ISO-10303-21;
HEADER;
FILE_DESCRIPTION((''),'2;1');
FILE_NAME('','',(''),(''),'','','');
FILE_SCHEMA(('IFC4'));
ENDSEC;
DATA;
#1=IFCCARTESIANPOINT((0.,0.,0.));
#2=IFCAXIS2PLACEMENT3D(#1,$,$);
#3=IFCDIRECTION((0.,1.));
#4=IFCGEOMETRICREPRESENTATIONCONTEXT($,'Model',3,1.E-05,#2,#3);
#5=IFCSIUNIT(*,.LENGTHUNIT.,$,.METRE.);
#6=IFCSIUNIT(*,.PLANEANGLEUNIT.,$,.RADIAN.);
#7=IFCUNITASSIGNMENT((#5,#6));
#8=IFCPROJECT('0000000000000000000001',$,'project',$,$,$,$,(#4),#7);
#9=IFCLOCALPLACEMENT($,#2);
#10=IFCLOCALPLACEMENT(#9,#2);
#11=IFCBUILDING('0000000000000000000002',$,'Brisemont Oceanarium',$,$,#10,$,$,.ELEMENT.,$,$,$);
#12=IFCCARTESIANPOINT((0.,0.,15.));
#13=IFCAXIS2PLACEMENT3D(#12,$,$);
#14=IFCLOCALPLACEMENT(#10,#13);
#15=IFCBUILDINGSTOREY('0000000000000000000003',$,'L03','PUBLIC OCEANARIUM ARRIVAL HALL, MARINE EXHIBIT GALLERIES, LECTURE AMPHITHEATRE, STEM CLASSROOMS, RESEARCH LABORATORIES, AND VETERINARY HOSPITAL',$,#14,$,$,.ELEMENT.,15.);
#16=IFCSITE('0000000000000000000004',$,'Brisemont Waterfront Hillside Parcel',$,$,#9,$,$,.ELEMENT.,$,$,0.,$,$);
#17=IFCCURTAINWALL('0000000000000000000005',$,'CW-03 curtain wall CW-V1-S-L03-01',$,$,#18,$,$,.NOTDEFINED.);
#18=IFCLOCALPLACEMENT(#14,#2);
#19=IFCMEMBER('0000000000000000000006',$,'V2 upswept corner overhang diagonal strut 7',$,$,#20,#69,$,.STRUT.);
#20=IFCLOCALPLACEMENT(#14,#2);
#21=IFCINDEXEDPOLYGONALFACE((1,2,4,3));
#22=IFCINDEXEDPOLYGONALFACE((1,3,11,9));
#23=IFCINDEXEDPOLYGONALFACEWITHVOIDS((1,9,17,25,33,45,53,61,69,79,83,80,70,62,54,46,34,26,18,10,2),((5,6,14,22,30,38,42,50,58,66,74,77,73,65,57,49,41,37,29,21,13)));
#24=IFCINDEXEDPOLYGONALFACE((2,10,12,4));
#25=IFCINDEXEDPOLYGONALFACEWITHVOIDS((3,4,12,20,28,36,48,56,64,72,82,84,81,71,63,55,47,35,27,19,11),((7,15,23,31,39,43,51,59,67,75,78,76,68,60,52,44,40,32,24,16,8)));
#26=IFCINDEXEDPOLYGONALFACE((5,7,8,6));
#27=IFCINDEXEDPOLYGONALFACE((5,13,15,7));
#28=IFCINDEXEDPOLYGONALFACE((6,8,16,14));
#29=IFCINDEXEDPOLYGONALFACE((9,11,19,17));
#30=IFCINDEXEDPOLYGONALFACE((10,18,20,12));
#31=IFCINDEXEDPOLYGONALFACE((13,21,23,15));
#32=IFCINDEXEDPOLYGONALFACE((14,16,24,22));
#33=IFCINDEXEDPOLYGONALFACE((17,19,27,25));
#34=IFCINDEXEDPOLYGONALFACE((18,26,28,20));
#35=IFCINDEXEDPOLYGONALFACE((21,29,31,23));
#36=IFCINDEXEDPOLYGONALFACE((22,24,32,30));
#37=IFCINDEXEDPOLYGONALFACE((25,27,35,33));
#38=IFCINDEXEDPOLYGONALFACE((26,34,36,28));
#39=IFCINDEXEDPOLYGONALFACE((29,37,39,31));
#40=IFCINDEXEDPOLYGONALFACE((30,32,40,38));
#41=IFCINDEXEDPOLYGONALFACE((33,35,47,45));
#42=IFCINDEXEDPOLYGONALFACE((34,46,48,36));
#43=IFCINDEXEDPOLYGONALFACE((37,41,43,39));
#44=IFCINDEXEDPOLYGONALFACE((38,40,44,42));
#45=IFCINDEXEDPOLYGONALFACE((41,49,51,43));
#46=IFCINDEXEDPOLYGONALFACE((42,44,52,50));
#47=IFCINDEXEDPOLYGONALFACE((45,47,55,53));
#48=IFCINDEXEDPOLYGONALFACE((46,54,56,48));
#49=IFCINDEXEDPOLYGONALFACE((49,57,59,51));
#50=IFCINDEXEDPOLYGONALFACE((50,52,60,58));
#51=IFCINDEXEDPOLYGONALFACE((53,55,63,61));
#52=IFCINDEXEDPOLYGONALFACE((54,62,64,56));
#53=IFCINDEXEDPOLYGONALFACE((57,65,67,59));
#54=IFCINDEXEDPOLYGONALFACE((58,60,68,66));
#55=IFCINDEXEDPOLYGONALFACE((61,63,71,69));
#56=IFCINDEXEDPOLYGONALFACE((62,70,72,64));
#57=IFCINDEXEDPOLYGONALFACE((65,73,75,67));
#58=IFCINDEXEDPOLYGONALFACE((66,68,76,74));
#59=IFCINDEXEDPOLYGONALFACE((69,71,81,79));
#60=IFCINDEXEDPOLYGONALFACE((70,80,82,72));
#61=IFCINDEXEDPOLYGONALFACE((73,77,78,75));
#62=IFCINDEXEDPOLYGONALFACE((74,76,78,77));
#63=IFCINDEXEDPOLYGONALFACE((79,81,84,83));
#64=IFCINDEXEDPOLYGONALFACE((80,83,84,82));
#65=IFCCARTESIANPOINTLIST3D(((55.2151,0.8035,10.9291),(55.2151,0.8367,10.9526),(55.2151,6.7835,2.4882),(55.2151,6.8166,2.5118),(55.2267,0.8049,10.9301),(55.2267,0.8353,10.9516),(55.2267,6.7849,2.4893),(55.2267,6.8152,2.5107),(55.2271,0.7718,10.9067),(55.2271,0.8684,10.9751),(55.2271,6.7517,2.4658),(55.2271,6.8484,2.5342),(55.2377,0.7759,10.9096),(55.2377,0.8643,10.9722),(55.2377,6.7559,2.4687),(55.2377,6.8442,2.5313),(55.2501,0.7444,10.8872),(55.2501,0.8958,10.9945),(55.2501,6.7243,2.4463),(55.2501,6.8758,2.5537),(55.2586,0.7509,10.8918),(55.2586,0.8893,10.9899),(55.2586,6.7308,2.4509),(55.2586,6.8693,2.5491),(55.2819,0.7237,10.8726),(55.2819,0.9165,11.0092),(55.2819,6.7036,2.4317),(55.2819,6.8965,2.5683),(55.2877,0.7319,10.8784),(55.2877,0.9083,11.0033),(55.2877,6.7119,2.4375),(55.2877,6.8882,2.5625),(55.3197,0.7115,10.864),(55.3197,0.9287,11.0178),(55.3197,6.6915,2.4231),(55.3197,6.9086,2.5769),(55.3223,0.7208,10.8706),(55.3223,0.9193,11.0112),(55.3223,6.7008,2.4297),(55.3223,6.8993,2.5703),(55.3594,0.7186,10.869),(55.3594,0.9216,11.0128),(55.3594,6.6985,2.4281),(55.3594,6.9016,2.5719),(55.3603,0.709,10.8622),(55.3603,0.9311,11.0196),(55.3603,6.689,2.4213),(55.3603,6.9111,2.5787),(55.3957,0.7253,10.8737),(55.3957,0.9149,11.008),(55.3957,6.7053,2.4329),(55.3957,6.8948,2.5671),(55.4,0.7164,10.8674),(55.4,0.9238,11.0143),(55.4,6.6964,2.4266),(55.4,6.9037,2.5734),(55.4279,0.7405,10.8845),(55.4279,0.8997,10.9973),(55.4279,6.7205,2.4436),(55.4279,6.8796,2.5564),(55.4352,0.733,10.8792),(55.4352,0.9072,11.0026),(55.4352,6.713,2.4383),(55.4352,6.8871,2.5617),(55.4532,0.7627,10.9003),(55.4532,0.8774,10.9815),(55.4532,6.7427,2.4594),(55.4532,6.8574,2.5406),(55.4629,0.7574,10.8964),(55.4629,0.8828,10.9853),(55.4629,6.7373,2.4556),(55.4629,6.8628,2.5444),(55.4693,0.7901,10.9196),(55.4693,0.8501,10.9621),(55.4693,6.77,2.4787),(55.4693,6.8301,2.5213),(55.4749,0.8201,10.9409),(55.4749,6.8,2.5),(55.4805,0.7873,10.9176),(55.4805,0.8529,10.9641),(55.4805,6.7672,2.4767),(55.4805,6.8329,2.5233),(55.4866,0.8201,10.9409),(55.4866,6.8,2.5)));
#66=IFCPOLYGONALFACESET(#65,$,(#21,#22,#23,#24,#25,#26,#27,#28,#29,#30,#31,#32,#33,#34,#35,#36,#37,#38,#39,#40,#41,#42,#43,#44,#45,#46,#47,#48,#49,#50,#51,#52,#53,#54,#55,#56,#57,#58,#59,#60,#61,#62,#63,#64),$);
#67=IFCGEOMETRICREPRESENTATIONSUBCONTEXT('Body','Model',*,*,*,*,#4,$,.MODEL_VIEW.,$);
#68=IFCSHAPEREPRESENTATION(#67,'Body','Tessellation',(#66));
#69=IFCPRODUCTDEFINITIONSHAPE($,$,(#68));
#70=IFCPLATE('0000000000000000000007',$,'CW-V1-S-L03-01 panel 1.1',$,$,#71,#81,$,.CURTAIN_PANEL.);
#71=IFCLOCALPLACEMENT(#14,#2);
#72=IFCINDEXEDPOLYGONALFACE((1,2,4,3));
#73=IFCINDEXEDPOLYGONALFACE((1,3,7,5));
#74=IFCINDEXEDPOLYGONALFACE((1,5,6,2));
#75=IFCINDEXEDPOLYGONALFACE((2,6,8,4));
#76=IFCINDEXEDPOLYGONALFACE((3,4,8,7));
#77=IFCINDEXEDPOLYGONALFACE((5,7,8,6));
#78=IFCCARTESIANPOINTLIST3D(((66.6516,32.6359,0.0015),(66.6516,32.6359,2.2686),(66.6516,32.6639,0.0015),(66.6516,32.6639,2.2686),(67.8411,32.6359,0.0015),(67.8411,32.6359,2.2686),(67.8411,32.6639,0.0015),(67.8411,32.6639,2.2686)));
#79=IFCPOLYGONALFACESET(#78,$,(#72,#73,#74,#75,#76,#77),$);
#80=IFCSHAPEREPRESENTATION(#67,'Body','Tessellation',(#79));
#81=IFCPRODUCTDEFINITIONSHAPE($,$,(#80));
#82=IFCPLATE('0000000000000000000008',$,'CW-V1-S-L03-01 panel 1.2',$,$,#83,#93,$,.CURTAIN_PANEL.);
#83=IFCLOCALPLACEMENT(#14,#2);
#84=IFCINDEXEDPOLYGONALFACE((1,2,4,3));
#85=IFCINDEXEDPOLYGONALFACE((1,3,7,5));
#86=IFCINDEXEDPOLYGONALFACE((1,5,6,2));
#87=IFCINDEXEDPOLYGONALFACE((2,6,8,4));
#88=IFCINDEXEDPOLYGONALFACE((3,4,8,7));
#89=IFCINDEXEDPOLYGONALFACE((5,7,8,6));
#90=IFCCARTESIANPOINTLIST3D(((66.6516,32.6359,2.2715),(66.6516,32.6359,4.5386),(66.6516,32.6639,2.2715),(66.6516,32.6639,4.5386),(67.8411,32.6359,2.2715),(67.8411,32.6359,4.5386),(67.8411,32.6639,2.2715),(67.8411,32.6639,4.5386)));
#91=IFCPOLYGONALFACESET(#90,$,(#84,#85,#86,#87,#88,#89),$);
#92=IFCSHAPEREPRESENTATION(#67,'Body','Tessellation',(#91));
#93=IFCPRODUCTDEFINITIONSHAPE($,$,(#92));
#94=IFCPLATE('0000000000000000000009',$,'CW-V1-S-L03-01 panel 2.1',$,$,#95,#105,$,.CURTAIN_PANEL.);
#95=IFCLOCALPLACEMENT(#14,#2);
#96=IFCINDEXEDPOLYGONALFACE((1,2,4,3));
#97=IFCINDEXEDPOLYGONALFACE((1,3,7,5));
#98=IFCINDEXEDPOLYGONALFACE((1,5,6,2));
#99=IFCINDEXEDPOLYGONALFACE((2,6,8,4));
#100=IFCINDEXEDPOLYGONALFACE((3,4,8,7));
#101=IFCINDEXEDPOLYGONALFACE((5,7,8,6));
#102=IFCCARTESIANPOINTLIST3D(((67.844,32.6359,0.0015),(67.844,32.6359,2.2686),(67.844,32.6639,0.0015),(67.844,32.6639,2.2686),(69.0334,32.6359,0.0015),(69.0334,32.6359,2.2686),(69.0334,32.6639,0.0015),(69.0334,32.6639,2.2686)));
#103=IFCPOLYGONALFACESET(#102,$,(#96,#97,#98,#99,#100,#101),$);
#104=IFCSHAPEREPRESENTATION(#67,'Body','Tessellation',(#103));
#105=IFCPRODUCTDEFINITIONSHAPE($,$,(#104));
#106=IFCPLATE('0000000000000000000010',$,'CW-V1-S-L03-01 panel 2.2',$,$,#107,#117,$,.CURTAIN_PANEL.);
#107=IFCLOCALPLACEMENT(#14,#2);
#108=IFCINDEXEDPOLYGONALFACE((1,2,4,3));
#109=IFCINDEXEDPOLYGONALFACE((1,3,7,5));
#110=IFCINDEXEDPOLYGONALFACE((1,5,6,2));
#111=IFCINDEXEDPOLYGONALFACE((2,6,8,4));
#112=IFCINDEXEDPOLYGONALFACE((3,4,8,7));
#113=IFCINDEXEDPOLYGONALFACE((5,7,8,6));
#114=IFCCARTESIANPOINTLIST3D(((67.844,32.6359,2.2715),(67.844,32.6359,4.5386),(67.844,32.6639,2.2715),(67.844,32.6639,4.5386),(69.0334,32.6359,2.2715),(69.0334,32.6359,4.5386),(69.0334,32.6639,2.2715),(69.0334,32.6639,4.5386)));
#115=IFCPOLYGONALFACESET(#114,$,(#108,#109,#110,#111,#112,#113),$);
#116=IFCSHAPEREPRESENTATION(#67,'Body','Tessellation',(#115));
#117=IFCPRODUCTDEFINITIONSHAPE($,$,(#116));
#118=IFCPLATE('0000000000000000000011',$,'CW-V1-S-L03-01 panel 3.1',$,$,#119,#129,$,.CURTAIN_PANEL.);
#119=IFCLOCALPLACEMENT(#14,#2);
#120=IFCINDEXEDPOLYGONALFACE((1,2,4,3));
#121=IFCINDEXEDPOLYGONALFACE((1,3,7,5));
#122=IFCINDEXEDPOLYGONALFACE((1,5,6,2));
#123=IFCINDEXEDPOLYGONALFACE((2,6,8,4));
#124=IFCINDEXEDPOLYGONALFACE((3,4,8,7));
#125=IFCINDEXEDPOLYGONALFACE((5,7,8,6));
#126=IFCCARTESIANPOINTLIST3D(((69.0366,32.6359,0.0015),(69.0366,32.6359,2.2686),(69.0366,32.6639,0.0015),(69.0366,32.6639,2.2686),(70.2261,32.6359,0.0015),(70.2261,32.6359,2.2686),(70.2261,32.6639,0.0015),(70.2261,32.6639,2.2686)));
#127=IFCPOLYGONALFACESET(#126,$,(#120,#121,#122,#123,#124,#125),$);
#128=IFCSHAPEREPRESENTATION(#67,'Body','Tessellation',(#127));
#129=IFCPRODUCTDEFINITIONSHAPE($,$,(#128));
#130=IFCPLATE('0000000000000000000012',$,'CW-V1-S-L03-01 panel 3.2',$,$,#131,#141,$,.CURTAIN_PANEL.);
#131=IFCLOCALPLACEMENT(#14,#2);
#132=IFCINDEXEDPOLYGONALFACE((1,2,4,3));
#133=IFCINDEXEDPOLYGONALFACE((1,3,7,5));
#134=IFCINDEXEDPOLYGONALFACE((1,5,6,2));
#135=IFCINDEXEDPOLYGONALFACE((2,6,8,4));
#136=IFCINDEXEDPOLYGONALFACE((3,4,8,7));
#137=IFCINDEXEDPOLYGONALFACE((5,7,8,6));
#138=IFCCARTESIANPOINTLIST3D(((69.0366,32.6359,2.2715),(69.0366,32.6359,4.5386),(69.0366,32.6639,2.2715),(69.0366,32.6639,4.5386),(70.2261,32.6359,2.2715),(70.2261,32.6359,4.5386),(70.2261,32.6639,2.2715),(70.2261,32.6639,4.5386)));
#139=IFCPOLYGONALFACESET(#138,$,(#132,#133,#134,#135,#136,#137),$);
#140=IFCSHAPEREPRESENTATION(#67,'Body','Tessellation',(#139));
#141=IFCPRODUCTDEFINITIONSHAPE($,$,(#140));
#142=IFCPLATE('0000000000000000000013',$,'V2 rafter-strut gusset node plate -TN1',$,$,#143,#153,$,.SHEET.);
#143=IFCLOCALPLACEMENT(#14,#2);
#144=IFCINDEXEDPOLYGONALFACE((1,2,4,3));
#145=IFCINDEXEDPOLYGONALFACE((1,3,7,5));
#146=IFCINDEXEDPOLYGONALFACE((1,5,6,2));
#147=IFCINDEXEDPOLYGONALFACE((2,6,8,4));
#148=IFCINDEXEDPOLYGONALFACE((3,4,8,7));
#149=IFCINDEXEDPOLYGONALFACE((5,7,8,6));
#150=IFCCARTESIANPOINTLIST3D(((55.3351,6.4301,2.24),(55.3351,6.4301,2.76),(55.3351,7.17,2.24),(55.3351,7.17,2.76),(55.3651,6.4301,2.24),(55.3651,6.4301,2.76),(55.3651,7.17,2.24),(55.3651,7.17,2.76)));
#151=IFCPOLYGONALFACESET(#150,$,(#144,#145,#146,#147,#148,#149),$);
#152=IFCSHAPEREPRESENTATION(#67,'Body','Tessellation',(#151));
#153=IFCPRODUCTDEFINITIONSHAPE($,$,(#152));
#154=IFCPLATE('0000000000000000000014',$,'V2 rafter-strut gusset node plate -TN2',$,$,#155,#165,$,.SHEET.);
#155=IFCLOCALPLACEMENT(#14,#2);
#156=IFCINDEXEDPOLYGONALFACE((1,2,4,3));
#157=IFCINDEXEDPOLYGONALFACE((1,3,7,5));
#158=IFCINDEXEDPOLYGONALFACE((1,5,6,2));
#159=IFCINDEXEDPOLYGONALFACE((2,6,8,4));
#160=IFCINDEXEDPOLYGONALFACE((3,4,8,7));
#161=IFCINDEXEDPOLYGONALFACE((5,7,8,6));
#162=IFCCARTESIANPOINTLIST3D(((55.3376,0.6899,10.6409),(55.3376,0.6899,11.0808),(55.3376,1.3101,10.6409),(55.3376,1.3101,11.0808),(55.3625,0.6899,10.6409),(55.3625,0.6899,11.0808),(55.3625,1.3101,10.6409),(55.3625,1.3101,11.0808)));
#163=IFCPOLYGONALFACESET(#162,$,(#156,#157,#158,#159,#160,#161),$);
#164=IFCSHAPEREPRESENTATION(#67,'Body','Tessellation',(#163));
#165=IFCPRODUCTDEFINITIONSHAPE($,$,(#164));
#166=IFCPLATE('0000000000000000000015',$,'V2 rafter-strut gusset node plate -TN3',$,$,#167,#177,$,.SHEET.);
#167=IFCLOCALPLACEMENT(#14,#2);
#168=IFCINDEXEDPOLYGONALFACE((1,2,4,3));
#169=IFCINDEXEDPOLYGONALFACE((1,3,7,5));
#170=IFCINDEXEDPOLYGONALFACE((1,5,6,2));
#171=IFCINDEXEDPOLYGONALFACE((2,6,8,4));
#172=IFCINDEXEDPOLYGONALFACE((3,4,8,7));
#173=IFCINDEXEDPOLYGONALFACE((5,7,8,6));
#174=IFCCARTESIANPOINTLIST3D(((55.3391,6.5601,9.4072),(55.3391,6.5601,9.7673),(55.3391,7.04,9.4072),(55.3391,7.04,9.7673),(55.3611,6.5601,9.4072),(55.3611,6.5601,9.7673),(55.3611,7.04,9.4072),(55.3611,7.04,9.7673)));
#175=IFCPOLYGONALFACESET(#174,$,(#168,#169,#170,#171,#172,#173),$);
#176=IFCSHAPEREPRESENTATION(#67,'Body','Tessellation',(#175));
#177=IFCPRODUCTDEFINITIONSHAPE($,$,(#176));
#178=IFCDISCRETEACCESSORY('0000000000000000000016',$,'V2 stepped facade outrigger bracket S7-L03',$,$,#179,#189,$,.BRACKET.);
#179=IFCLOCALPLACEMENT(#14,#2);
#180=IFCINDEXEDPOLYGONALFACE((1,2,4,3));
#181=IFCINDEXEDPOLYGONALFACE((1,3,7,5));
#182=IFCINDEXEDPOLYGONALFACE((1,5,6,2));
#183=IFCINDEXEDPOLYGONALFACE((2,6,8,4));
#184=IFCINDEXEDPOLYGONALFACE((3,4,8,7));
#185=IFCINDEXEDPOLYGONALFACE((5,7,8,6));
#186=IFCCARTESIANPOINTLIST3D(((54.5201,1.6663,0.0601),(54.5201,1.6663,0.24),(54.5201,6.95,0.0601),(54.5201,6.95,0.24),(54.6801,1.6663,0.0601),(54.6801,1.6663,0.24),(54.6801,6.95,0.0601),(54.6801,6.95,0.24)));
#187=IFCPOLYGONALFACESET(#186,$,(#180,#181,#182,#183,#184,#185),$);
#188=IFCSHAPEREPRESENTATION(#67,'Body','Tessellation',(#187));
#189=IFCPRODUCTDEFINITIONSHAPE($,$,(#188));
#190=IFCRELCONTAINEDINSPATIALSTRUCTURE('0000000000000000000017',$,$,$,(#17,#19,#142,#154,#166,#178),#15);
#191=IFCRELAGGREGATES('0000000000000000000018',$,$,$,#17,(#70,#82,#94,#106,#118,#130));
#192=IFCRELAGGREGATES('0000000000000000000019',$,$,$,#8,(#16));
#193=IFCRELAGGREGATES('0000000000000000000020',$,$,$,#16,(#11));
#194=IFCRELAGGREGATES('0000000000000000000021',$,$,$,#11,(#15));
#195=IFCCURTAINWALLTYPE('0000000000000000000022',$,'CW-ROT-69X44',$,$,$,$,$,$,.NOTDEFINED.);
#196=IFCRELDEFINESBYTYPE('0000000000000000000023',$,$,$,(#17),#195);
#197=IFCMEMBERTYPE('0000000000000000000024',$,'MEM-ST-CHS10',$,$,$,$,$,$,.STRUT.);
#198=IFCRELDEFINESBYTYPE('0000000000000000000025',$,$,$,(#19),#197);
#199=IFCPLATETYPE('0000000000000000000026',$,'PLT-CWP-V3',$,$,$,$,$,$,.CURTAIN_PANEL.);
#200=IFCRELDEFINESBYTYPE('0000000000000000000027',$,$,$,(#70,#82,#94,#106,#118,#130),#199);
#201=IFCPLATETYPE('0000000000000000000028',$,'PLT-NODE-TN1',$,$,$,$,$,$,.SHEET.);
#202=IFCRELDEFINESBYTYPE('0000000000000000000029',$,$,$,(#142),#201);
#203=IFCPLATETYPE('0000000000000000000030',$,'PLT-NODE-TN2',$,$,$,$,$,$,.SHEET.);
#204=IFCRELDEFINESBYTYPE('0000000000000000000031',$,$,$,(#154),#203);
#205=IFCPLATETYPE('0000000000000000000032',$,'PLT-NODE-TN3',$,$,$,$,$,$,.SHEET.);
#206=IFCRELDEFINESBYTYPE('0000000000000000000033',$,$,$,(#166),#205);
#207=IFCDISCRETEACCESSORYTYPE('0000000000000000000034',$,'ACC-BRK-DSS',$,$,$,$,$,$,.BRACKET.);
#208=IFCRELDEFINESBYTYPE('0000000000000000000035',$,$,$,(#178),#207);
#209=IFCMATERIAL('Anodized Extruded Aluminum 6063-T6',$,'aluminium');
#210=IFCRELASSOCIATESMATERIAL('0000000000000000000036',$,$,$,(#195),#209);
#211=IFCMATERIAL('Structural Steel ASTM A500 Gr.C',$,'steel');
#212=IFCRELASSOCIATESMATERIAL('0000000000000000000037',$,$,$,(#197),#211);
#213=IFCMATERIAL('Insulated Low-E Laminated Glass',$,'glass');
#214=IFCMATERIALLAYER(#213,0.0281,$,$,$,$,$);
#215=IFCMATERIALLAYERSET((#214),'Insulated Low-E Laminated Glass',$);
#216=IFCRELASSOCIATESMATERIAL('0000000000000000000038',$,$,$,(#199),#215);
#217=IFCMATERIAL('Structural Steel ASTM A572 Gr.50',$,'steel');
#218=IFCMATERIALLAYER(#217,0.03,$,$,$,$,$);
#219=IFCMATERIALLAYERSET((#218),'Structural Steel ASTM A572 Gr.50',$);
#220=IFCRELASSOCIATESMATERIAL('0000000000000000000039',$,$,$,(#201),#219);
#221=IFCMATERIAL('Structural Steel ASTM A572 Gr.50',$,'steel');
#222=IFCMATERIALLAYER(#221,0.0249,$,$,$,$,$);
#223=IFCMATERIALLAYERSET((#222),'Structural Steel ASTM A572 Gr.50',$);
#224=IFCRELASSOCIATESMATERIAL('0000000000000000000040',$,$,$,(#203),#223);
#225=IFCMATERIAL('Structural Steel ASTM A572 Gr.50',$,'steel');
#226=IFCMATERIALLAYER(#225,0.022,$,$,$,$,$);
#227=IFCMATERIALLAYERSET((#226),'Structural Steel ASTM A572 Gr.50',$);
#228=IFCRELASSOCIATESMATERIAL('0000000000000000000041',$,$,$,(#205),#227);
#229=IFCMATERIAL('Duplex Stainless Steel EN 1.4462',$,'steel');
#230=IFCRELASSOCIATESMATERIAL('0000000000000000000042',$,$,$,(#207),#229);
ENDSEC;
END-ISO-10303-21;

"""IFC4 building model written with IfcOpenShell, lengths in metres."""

from ifc_helpers import new_model, si_unit, direction, frame, origin, origin_2d, place, context, subcontext, project, spatial, rectangle, hollow_circle, extrude, material, layer, layer_set, material_profile, profile_set, type_object, element, aggregate, save


model = new_model("IFC4")

# Units and contexts
model_context = context("Model", 3, precision=1e-05, world=origin(), true_north=direction((0.0, 1.0)))
body_context = subcontext(model_context, "Body", "Model", "MODEL_VIEW")
ifc_project = project(units=[si_unit("LENGTHUNIT", "METRE"), si_unit("PLANEANGLEUNIT", "RADIAN")], contexts=[model_context])

# Site, building, storey
site_placement = place(None, origin())
site = spatial("IfcSite", under=ifc_project, at=site_placement, Name="Brisemont Waterfront Hillside Parcel", CompositionType="ELEMENT", RefElevation=0.0)
building_placement = place(site_placement, origin())
building = spatial("IfcBuilding", under=site, at=building_placement, Name="Brisemont Oceanarium", CompositionType="ELEMENT")
storey_placement = place(building_placement, frame((0.0, 0.0, 15.0)))
storey = spatial("IfcBuildingStorey", under=building, at=storey_placement, Name="L03", Description="PUBLIC OCEANARIUM ARRIVAL HALL, MARINE EXHIBIT GALLERIES, LECTURE AMPHITHEATRE, STEM CLASSROOMS, RESEARCH LABORATORIES, AND VETERINARY HOSPITAL", CompositionType="ELEMENT", Elevation=15.0)

# Curtain wall
ifc_material_1 = material(Name="Anodized Extruded Aluminum 6063-T6", Category="aluminium")
curtain_wall_type = type_object("IfcCurtainWallType", Name="CW-ROT-69X44", PredefinedType="NOTDEFINED", material=ifc_material_1)
curtain_wall_placement = place(storey_placement, origin())
curtain_wall = element("IfcCurtainWall", 1, at=curtain_wall_placement, inside=storey, type_object=curtain_wall_type, Name="CW-03 curtain wall CW-V1-S-L03-01", PredefinedType="NOTDEFINED")

# Member
ifc_material_2 = material(Name="Structural Steel ASTM A500 Gr.C", Category="steel")
ifc_material_profile_1 = material_profile(ifc_material_2, hollow_circle(Radius=0.1365, WallThickness=0.0117, at=origin_2d()), Name="HSS10.750X0.500")
ifc_profile_set_1 = profile_set([ifc_material_profile_1], Name="Structural Steel ASTM A500 Gr.C")
member_type_1 = type_object("IfcMemberType", Name="MEM-ST-CHS10", PredefinedType="STRUT", material=ifc_profile_set_1)
member_1_placement = place(storey_placement, frame((55.3501, 6.8, 2.5), z_axis=(0.0, -0.578082, 0.815979), x_axis=(1.0, 0.0, 0.0)))
element("IfcMember", 2, at=member_1_placement, inside=storey, type_object=member_type_1, Name="V2 upswept corner overhang diagonal strut 7", PredefinedType="STRUT", context=body_context, shape_type="SweptSolid", body=[
    extrude(hollow_circle(Radius=0.1365, WallThickness=0.0117, at=origin_2d()), origin(), (0.0, 0.0, 1.0), 10.3445),
])

# Plates
ifc_material_3 = material(Name="Insulated Low-E Laminated Glass", Category="glass")
ifc_layer_1 = layer(ifc_material_3, 0.0281)
ifc_layer_set_1 = layer_set([ifc_layer_1], Name="Insulated Low-E Laminated Glass")
plate_type_1 = type_object("IfcPlateType", Name="PLT-CWP-V3", PredefinedType="CURTAIN_PANEL", material=ifc_layer_set_1)
plate_1_placement = place(storey_placement, frame((67.2463, 32.6499, 0.0015), z_axis=(0.0, 0.0, 1.0), x_axis=(1.0, 0.0, 0.0)))
plate_1 = element("IfcPlate", 3, at=plate_1_placement, type_object=plate_type_1, Name="CW-V1-S-L03-01 panel 1.1", PredefinedType="CURTAIN_PANEL", context=body_context, shape_type="SweptSolid", body=[
    extrude(rectangle(XDim=1.1895, YDim=0.0281, at=origin_2d()), origin(), (0.0, 0.0, 1.0), 2.2671),
])
plate_2_placement = place(storey_placement, frame((67.2463, 32.6499, 2.2715), z_axis=(0.0, 0.0, 1.0), x_axis=(1.0, 0.0, 0.0)))
plate_2 = element("IfcPlate", 4, at=plate_2_placement, type_object=plate_type_1, Name="CW-V1-S-L03-01 panel 1.2", PredefinedType="CURTAIN_PANEL", context=body_context, shape_type="SweptSolid", body=[
    extrude(rectangle(XDim=1.1895, YDim=0.0281, at=origin_2d()), origin(), (0.0, 0.0, 1.0), 2.2671),
])
plate_3_placement = place(storey_placement, frame((68.4387, 32.6499, 0.0015), z_axis=(0.0, 0.0, 1.0), x_axis=(1.0, 0.0, 0.0)))
plate_3 = element("IfcPlate", 5, at=plate_3_placement, type_object=plate_type_1, Name="CW-V1-S-L03-01 panel 2.1", PredefinedType="CURTAIN_PANEL", context=body_context, shape_type="SweptSolid", body=[
    extrude(rectangle(XDim=1.1895, YDim=0.0281, at=origin_2d()), origin(), (0.0, 0.0, 1.0), 2.2671),
])
plate_4_placement = place(storey_placement, frame((68.4387, 32.6499, 2.2715), z_axis=(0.0, 0.0, 1.0), x_axis=(1.0, 0.0, 0.0)))
plate_4 = element("IfcPlate", 6, at=plate_4_placement, type_object=plate_type_1, Name="CW-V1-S-L03-01 panel 2.2", PredefinedType="CURTAIN_PANEL", context=body_context, shape_type="SweptSolid", body=[
    extrude(rectangle(XDim=1.1895, YDim=0.0281, at=origin_2d()), origin(), (0.0, 0.0, 1.0), 2.2671),
])
plate_5_placement = place(storey_placement, frame((69.6313, 32.6499, 0.0015), z_axis=(0.0, 0.0, 1.0), x_axis=(1.0, 0.0, 0.0)))
plate_5 = element("IfcPlate", 7, at=plate_5_placement, type_object=plate_type_1, Name="CW-V1-S-L03-01 panel 3.1", PredefinedType="CURTAIN_PANEL", context=body_context, shape_type="SweptSolid", body=[
    extrude(rectangle(XDim=1.1895, YDim=0.0281, at=origin_2d()), origin(), (0.0, 0.0, 1.0), 2.2671),
])
plate_6_placement = place(storey_placement, frame((69.6313, 32.6499, 2.2715), z_axis=(0.0, 0.0, 1.0), x_axis=(1.0, 0.0, 0.0)))
plate_6 = element("IfcPlate", 8, at=plate_6_placement, type_object=plate_type_1, Name="CW-V1-S-L03-01 panel 3.2", PredefinedType="CURTAIN_PANEL", context=body_context, shape_type="SweptSolid", body=[
    extrude(rectangle(XDim=1.1895, YDim=0.0281, at=origin_2d()), origin(), (0.0, 0.0, 1.0), 2.2671),
])
aggregate(curtain_wall, [plate_1, plate_2, plate_3, plate_4, plate_5, plate_6])

# Plates
ifc_material_4 = material(Name="Structural Steel ASTM A572 Gr.50", Category="steel")
ifc_layer_2 = layer(ifc_material_4, 0.03)
ifc_layer_set_2 = layer_set([ifc_layer_2], Name="Structural Steel ASTM A572 Gr.50")
plate_type_2 = type_object("IfcPlateType", Name="PLT-NODE-TN1", PredefinedType="SHEET", material=ifc_layer_set_2)
plate_7_placement = place(storey_placement, frame((55.3501, 6.8, 2.24), z_axis=(0.0, 0.0, 1.0), x_axis=(1.0, 0.0, 0.0)))
element("IfcPlate", 9, at=plate_7_placement, inside=storey, type_object=plate_type_2, Name="V2 rafter-strut gusset node plate -TN1", PredefinedType="SHEET", context=body_context, shape_type="SweptSolid", body=[
    extrude(rectangle(XDim=0.03, YDim=0.74, at=origin_2d()), origin(), (0.0, 0.0, 1.0), 0.52),
])
ifc_material_5 = material(Name="Structural Steel ASTM A572 Gr.50", Category="steel")
ifc_layer_3 = layer(ifc_material_5, 0.0249)
ifc_layer_set_3 = layer_set([ifc_layer_3], Name="Structural Steel ASTM A572 Gr.50")
plate_type_3 = type_object("IfcPlateType", Name="PLT-NODE-TN2", PredefinedType="SHEET", material=ifc_layer_set_3)
plate_8_placement = place(storey_placement, frame((55.3501, 1.0, 10.6409), z_axis=(0.0, 0.0, 1.0), x_axis=(1.0, 0.0, 0.0)))
element("IfcPlate", 10, at=plate_8_placement, inside=storey, type_object=plate_type_3, Name="V2 rafter-strut gusset node plate -TN2", PredefinedType="SHEET", context=body_context, shape_type="SweptSolid", body=[
    extrude(rectangle(XDim=0.0249, YDim=0.6201, at=origin_2d()), origin(), (0.0, 0.0, 1.0), 0.4399),
])
ifc_material_6 = material(Name="Structural Steel ASTM A572 Gr.50", Category="steel")
ifc_layer_4 = layer(ifc_material_6, 0.022)
ifc_layer_set_4 = layer_set([ifc_layer_4], Name="Structural Steel ASTM A572 Gr.50")
plate_type_4 = type_object("IfcPlateType", Name="PLT-NODE-TN3", PredefinedType="SHEET", material=ifc_layer_set_4)
plate_9_placement = place(storey_placement, frame((55.3501, 6.8, 9.4072), z_axis=(0.0, 0.0, 1.0), x_axis=(1.0, 0.0, 0.0)))
element("IfcPlate", 11, at=plate_9_placement, inside=storey, type_object=plate_type_4, Name="V2 rafter-strut gusset node plate -TN3", PredefinedType="SHEET", context=body_context, shape_type="SweptSolid", body=[
    extrude(rectangle(XDim=0.022, YDim=0.48, at=origin_2d()), origin(), (0.0, 0.0, 1.0), 0.3601),
])

# Discrete accessory
ifc_material_7 = material(Name="Duplex Stainless Steel EN 1.4462", Category="steel")
discrete_accessory_type_1 = type_object("IfcDiscreteAccessoryType", Name="ACC-BRK-DSS", PredefinedType="BRACKET", material=ifc_material_7)
discrete_accessory_1_placement = place(storey_placement, frame((54.6001, 4.3081, 0.0601), z_axis=(0.0, 0.0, 1.0), x_axis=(1.0, 0.0, 0.0)))
element("IfcDiscreteAccessory", 12, at=discrete_accessory_1_placement, inside=storey, type_object=discrete_accessory_type_1, Name="V2 stepped facade outrigger bracket S7-L03", PredefinedType="BRACKET", context=body_context, shape_type="SweptSolid", body=[
    extrude(rectangle(XDim=0.1599, YDim=5.2837, at=origin_2d()), origin(), (0.0, 0.0, 1.0), 0.1799),
])

save(model, "model.ifc")
